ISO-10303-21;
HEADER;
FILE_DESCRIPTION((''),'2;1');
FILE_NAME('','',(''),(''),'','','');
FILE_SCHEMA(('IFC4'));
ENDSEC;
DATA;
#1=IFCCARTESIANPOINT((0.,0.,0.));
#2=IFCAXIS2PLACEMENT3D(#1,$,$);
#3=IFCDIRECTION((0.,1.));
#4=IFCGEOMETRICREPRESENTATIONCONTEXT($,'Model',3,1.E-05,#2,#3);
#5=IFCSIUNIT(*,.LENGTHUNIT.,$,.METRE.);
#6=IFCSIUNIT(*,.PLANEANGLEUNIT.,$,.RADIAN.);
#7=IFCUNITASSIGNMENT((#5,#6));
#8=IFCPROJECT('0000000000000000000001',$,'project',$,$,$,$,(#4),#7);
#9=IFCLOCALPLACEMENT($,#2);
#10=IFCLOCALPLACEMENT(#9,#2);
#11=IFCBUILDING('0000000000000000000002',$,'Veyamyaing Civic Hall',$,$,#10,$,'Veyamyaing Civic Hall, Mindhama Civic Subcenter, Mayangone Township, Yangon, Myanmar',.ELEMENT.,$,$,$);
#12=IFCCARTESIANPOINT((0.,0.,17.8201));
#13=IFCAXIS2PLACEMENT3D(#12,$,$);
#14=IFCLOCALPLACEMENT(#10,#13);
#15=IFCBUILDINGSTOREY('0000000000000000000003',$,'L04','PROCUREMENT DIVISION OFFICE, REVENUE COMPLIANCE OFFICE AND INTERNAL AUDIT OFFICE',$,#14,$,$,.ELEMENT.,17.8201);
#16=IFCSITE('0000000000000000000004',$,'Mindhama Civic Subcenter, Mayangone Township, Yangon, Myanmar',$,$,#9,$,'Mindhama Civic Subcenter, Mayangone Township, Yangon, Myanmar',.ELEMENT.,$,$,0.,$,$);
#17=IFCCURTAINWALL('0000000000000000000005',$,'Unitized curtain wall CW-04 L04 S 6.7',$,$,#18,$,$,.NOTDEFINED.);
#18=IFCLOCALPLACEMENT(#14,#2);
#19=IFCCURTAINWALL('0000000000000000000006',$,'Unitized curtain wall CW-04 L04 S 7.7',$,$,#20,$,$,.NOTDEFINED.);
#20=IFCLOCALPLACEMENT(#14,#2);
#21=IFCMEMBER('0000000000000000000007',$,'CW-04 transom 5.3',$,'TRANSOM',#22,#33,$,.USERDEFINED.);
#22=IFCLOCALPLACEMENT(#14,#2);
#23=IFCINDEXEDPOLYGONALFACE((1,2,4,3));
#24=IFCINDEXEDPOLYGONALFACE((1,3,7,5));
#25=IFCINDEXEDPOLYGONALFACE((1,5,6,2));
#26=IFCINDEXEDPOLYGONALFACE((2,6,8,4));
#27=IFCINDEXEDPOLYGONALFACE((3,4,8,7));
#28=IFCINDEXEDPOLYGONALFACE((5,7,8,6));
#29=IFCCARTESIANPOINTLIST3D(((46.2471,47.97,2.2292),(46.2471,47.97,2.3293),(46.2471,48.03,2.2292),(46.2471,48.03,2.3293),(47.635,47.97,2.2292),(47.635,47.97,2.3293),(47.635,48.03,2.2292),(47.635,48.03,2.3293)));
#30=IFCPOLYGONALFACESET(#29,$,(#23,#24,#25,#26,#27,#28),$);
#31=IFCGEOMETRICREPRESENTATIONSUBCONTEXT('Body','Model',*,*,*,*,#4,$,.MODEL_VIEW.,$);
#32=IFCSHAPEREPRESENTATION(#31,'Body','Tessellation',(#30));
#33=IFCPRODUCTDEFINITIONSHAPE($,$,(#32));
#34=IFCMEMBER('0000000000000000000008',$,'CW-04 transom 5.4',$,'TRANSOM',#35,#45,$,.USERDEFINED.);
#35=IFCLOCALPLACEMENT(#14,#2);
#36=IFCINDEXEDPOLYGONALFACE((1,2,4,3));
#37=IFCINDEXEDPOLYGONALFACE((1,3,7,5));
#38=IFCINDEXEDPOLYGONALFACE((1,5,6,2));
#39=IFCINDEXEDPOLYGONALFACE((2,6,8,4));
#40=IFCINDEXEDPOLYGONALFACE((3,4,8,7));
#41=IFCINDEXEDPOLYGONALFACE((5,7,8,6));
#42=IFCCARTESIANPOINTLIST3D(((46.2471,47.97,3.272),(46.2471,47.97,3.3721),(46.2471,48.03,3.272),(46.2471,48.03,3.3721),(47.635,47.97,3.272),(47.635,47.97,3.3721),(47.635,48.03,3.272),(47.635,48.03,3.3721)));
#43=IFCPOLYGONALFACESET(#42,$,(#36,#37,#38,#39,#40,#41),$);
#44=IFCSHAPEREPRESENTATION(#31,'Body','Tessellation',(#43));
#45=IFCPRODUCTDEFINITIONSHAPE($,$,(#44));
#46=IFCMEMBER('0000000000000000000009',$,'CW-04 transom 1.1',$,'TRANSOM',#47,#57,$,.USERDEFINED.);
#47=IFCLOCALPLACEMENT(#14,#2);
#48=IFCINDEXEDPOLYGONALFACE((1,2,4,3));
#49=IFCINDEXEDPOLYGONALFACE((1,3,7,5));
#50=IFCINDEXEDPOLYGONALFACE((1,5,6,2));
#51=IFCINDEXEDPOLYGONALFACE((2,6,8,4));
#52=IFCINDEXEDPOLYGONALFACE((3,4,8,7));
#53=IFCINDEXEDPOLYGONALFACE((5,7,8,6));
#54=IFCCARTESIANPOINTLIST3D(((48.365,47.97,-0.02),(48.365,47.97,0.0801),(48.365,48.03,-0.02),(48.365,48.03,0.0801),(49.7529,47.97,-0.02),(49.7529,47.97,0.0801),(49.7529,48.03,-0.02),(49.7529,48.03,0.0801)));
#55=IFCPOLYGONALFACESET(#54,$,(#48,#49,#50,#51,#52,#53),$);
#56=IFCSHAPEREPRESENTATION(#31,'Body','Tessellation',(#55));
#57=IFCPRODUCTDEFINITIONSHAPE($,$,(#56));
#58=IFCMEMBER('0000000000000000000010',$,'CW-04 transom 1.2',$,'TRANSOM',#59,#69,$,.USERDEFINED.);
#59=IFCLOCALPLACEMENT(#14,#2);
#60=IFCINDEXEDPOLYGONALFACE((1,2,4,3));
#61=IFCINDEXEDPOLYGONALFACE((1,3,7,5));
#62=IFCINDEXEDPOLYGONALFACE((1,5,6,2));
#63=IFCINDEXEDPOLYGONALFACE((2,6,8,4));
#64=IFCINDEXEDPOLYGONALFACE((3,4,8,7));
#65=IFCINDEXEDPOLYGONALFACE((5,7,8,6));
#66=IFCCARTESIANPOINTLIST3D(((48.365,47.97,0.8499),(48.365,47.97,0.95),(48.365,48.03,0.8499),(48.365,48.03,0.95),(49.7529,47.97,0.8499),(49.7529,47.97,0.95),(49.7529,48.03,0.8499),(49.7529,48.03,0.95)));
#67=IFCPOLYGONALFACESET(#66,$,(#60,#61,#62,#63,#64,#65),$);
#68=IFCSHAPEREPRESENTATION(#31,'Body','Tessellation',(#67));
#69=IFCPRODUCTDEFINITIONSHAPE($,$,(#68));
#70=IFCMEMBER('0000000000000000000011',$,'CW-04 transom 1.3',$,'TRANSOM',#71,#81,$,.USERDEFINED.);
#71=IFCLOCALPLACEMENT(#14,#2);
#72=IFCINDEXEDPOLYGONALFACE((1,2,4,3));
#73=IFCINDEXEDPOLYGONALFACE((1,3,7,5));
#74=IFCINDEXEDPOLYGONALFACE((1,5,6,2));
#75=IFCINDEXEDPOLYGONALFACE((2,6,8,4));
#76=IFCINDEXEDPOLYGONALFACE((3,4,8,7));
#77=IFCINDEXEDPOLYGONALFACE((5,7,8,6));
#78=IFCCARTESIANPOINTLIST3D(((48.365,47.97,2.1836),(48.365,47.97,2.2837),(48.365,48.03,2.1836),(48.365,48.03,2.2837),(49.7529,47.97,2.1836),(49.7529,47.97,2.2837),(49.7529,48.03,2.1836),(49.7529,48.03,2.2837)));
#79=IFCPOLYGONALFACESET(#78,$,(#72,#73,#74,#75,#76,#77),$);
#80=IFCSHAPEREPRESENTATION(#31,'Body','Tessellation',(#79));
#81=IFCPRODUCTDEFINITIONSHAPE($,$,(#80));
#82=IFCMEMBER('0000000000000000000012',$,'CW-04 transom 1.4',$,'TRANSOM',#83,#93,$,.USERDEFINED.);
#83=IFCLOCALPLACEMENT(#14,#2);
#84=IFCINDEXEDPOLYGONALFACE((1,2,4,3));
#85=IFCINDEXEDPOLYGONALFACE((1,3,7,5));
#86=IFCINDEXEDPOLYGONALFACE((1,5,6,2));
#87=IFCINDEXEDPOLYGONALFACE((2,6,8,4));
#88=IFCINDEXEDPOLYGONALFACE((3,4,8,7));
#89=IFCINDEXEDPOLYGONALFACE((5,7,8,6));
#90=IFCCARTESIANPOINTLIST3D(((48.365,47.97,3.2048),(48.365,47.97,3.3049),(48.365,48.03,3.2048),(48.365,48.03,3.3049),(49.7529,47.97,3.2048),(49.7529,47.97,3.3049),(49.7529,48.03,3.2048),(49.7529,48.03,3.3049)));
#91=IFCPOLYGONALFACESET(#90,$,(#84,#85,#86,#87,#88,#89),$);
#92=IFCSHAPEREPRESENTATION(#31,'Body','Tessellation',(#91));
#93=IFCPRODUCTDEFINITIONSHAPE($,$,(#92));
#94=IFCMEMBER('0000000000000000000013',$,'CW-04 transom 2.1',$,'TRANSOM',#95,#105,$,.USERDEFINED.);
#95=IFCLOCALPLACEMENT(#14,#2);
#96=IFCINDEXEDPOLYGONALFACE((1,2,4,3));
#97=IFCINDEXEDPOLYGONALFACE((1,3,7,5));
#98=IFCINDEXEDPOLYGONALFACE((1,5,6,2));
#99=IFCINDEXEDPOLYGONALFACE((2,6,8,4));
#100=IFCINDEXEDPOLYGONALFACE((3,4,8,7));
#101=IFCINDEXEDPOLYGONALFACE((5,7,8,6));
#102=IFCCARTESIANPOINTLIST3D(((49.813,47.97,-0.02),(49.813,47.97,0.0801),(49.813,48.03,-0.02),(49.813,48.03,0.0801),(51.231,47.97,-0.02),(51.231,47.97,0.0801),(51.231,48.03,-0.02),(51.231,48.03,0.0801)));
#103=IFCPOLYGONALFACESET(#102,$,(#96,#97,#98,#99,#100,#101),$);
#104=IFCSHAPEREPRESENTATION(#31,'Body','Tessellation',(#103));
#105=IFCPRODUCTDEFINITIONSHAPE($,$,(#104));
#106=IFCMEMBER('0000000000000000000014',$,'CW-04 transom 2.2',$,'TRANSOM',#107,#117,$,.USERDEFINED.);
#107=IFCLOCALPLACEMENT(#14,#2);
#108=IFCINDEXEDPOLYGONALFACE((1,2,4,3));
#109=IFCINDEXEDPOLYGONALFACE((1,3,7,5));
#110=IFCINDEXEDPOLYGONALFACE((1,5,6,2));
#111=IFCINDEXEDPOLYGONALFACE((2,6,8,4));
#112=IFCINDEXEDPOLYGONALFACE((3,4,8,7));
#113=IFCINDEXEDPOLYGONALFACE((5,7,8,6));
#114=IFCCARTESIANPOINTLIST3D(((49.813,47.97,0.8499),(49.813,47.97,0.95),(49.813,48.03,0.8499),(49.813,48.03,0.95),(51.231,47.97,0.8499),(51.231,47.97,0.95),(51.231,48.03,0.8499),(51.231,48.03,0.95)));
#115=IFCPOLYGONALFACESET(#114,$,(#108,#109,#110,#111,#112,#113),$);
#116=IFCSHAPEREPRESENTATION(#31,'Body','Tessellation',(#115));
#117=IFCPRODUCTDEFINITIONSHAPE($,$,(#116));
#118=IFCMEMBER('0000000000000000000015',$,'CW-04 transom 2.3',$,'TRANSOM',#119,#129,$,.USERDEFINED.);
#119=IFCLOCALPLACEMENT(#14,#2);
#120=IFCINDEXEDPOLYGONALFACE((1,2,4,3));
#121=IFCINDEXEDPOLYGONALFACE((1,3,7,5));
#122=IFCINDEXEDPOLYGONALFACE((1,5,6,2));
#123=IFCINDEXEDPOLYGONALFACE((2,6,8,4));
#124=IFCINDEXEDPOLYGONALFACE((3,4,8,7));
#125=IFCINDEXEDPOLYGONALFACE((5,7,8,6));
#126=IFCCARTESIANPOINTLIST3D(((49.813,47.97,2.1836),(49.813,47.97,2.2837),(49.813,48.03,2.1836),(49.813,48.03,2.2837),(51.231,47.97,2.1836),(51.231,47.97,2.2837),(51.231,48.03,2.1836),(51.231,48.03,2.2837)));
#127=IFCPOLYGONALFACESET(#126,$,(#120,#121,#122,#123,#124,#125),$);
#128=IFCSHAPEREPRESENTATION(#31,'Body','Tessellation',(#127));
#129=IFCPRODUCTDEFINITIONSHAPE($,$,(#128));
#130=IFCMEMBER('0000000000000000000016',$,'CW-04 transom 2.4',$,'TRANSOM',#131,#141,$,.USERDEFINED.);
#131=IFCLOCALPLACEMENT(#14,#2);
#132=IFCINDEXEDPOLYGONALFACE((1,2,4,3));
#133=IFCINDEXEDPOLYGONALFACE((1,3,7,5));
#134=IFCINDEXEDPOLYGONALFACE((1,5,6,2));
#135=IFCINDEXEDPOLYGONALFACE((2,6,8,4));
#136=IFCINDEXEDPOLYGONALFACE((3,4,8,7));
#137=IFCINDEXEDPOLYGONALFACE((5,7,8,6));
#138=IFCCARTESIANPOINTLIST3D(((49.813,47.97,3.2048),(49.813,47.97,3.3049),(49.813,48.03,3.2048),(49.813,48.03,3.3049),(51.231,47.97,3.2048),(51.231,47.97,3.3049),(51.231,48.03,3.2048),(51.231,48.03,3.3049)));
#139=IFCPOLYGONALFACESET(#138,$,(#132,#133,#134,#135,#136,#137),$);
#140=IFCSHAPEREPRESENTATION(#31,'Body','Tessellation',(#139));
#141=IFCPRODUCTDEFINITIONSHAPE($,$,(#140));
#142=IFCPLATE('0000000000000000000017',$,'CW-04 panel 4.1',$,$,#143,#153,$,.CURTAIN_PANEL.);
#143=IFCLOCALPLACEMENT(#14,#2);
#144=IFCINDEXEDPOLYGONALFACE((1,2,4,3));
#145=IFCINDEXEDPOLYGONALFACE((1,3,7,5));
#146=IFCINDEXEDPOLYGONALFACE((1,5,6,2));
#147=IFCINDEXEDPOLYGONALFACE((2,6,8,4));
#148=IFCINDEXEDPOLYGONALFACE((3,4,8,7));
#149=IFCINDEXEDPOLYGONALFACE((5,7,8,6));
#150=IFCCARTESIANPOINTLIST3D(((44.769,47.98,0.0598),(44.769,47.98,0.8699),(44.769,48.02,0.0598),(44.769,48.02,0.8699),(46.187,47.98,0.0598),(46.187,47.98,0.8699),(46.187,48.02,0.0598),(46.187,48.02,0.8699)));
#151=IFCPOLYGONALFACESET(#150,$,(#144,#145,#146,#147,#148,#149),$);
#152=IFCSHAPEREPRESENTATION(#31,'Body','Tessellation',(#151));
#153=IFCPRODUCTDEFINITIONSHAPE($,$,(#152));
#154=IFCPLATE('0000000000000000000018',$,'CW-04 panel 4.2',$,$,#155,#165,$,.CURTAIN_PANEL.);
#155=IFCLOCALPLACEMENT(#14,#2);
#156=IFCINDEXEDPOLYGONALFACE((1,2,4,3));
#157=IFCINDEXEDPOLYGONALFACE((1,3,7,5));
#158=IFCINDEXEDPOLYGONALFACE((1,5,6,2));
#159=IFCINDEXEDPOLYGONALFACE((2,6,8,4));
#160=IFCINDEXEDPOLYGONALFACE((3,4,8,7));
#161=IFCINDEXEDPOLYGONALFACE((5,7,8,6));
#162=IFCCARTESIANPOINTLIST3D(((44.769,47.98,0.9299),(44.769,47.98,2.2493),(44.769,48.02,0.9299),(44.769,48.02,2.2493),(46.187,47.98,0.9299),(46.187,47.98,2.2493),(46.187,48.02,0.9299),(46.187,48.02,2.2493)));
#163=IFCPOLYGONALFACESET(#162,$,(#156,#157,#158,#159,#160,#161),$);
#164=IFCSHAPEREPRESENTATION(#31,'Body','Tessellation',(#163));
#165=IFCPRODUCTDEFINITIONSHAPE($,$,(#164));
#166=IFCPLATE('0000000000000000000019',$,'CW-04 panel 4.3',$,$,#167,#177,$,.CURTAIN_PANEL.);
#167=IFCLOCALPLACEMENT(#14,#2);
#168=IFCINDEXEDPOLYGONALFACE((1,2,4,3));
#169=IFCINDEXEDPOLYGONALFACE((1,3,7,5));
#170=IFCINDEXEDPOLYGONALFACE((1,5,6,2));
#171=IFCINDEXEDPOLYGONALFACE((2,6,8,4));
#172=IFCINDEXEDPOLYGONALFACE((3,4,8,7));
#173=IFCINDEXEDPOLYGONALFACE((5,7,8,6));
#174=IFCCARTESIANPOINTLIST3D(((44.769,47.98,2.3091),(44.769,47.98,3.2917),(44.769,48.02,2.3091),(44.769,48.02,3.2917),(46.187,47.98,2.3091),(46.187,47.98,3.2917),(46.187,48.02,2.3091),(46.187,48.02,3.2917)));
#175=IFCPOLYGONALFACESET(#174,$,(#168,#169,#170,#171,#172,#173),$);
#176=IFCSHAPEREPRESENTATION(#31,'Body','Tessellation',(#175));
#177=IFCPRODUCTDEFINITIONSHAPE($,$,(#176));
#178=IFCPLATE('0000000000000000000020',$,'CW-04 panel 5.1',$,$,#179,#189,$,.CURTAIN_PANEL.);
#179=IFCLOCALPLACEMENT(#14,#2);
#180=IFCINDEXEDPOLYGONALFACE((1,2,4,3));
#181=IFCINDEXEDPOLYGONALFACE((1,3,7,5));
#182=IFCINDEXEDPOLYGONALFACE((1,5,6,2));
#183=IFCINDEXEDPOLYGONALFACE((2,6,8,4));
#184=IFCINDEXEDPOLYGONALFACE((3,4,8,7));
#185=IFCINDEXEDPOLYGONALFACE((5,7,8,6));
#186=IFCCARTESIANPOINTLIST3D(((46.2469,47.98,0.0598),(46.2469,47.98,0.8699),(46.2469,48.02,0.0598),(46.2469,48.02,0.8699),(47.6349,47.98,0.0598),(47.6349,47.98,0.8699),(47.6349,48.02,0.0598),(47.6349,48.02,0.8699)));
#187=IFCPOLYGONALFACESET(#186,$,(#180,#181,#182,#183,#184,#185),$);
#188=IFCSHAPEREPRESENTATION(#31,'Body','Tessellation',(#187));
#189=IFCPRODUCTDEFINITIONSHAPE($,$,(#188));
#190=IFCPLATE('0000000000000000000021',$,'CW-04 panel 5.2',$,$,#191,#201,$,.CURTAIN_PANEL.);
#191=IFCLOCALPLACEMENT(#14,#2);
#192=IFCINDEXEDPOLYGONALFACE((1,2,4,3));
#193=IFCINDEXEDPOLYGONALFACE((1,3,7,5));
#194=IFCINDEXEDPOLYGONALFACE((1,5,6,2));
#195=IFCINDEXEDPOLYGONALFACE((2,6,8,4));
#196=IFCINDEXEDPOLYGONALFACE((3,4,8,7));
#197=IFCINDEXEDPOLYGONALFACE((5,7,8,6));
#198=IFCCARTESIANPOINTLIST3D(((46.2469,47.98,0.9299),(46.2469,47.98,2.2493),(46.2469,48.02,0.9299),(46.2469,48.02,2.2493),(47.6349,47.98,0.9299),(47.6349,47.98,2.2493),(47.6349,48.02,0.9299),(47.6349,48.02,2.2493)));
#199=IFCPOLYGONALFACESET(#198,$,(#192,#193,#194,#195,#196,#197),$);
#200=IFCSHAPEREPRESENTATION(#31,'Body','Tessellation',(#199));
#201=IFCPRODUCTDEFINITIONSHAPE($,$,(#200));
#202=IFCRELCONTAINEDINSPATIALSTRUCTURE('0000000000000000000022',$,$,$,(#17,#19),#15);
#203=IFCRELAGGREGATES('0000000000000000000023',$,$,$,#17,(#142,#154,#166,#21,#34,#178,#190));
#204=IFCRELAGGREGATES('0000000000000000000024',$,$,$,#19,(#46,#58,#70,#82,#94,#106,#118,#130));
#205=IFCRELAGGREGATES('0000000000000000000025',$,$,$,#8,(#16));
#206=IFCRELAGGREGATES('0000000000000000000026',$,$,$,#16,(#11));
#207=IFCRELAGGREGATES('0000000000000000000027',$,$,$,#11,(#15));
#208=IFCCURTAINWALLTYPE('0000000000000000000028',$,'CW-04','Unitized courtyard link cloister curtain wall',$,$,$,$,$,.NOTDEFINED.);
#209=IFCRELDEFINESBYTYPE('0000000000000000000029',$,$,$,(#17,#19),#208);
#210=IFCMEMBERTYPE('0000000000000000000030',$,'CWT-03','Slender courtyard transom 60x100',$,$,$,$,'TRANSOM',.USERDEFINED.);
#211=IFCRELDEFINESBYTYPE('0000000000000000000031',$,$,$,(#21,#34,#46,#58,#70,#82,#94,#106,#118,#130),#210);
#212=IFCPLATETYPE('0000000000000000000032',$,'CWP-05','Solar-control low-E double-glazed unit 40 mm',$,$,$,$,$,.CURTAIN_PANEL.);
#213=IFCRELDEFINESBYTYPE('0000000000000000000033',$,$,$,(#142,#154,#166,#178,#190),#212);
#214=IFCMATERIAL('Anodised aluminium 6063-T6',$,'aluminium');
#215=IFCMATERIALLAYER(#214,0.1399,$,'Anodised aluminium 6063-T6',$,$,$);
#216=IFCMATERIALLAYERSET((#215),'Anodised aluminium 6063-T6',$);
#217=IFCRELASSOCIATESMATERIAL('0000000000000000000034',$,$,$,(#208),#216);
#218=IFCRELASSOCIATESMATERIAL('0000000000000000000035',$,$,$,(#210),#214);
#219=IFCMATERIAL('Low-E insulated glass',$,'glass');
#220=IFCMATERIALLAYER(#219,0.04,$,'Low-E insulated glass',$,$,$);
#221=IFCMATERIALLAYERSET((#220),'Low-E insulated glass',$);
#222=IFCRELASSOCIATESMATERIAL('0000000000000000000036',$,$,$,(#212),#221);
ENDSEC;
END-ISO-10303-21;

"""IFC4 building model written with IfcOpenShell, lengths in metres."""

from ifc_helpers import new_model, si_unit, direction, frame, origin, origin_2d, place, context, subcontext, project, spatial, rectangle, extrude, material, layer, layer_set, material_profile, profile_set, type_object, element, aggregate, save


model = new_model("IFC4")

# Units and contexts
model_context = context("Model", 3, precision=1e-05, world=origin(), true_north=direction((0.0, 1.0)))
body_context = subcontext(model_context, "Body", "Model", "MODEL_VIEW")
ifc_project = project(units=[si_unit("LENGTHUNIT", "METRE"), si_unit("PLANEANGLEUNIT", "RADIAN")], contexts=[model_context])

# Site, building, storey
site_placement = place(None, origin())
site = spatial("IfcSite", under=ifc_project, at=site_placement, Name="Mindhama Civic Subcenter, Mayangone Township, Yangon, Myanmar", LongName="Mindhama Civic Subcenter, Mayangone Township, Yangon, Myanmar", CompositionType="ELEMENT", RefElevation=0.0)
building_placement = place(site_placement, origin())
building = spatial("IfcBuilding", under=site, at=building_placement, Name="Veyamyaing Civic Hall", LongName="Veyamyaing Civic Hall, Mindhama Civic Subcenter, Mayangone Township, Yangon, Myanmar", CompositionType="ELEMENT")
storey_placement = place(building_placement, frame((0.0, 0.0, 17.8201)))
storey = spatial("IfcBuildingStorey", under=building, at=storey_placement, Name="L04", Description="PROCUREMENT DIVISION OFFICE, REVENUE COMPLIANCE OFFICE AND INTERNAL AUDIT OFFICE", CompositionType="ELEMENT", Elevation=17.8201)

# Curtain walls
ifc_material_1 = material(Name="Anodised aluminium 6063-T6", Category="aluminium")
ifc_layer_1 = layer(ifc_material_1, 0.1399, Name="Anodised aluminium 6063-T6")
ifc_layer_set_1 = layer_set([ifc_layer_1], Name="Anodised aluminium 6063-T6")
curtain_wall_type = type_object("IfcCurtainWallType", Name="CW-04", Description="Unitized courtyard link cloister curtain wall", PredefinedType="NOTDEFINED", material=ifc_layer_set_1)
curtain_wall_1_placement = place(storey_placement, origin())
curtain_wall_1 = element("IfcCurtainWall", 1, at=curtain_wall_1_placement, inside=storey, type_object=curtain_wall_type, Name="Unitized curtain wall CW-04 L04 S 6.7", PredefinedType="NOTDEFINED")
curtain_wall_2_placement = place(storey_placement, origin())
curtain_wall_2 = element("IfcCurtainWall", 2, at=curtain_wall_2_placement, inside=storey, type_object=curtain_wall_type, Name="Unitized curtain wall CW-04 L04 S 7.7", PredefinedType="NOTDEFINED")

# Members
ifc_material_profile_1 = material_profile(ifc_material_1, rectangle(XDim=0.0601, YDim=0.1001, at=origin_2d()), Name="ALU-TRN-60X100")
ifc_profile_set_1 = profile_set([ifc_material_profile_1], Name="Anodised aluminium 6063-T6")
member_type_1 = type_object("IfcMemberType", Name="CWT-03", Description="Slender courtyard transom 60x100", ElementType="TRANSOM", PredefinedType="USERDEFINED", material=ifc_profile_set_1)
member_1_placement = place(storey_placement, frame((46.2471, 48.0, 2.2793), z_axis=(1.0, 0.0, 0.0), x_axis=(0.0, 1.0, 0.0)))
member_1 = element("IfcMember", 3, at=member_1_placement, type_object=member_type_1, Name="CW-04 transom 5.3", ObjectType="TRANSOM", PredefinedType="USERDEFINED", context=body_context, shape_type="SweptSolid", body=[
    extrude(rectangle(XDim=0.0601, YDim=0.1001, at=origin_2d()), origin(), (0.0, 0.0, 1.0), 1.3879),
])
member_2_placement = place(storey_placement, frame((46.2471, 48.0, 3.322), z_axis=(1.0, 0.0, 0.0), x_axis=(0.0, 1.0, 0.0)))
member_2 = element("IfcMember", 4, at=member_2_placement, type_object=member_type_1, Name="CW-04 transom 5.4", ObjectType="TRANSOM", PredefinedType="USERDEFINED", context=body_context, shape_type="SweptSolid", body=[
    extrude(rectangle(XDim=0.0601, YDim=0.1001, at=origin_2d()), origin(), (0.0, 0.0, 1.0), 1.3879),
])
member_3_placement = place(storey_placement, frame((48.365, 48.0, 0.03), z_axis=(1.0, 0.0, 0.0), x_axis=(0.0, 1.0, 0.0)))
member_3 = element("IfcMember", 5, at=member_3_placement, type_object=member_type_1, Name="CW-04 transom 1.1", ObjectType="TRANSOM", PredefinedType="USERDEFINED", context=body_context, shape_type="SweptSolid", body=[
    extrude(rectangle(XDim=0.0601, YDim=0.1001, at=origin_2d()), origin(), (0.0, 0.0, 1.0), 1.3879),
])
member_4_placement = place(storey_placement, frame((48.365, 48.0, 0.8999), z_axis=(1.0, 0.0, 0.0), x_axis=(0.0, 1.0, 0.0)))
member_4 = element("IfcMember", 6, at=member_4_placement, type_object=member_type_1, Name="CW-04 transom 1.2", ObjectType="TRANSOM", PredefinedType="USERDEFINED", context=body_context, shape_type="SweptSolid", body=[
    extrude(rectangle(XDim=0.0601, YDim=0.1001, at=origin_2d()), origin(), (0.0, 0.0, 1.0), 1.3879),
])
member_5_placement = place(storey_placement, frame((48.365, 48.0, 2.2336), z_axis=(1.0, 0.0, 0.0), x_axis=(0.0, 1.0, 0.0)))
member_5 = element("IfcMember", 7, at=member_5_placement, type_object=member_type_1, Name="CW-04 transom 1.3", ObjectType="TRANSOM", PredefinedType="USERDEFINED", context=body_context, shape_type="SweptSolid", body=[
    extrude(rectangle(XDim=0.0601, YDim=0.1001, at=origin_2d()), origin(), (0.0, 0.0, 1.0), 1.3879),
])
member_6_placement = place(storey_placement, frame((48.365, 48.0, 3.2549), z_axis=(1.0, 0.0, 0.0), x_axis=(0.0, 1.0, 0.0)))
member_6 = element("IfcMember", 8, at=member_6_placement, type_object=member_type_1, Name="CW-04 transom 1.4", ObjectType="TRANSOM", PredefinedType="USERDEFINED", context=body_context, shape_type="SweptSolid", body=[
    extrude(rectangle(XDim=0.0601, YDim=0.1001, at=origin_2d()), origin(), (0.0, 0.0, 1.0), 1.3879),
])
member_7_placement = place(storey_placement, frame((49.813, 48.0, 0.03), z_axis=(1.0, 0.0, 0.0), x_axis=(0.0, 1.0, 0.0)))
member_7 = element("IfcMember", 9, at=member_7_placement, type_object=member_type_1, Name="CW-04 transom 2.1", ObjectType="TRANSOM", PredefinedType="USERDEFINED", context=body_context, shape_type="SweptSolid", body=[
    extrude(rectangle(XDim=0.0601, YDim=0.1001, at=origin_2d()), origin(), (0.0, 0.0, 1.0), 1.418),
])
member_8_placement = place(storey_placement, frame((49.813, 48.0, 0.8999), z_axis=(1.0, 0.0, 0.0), x_axis=(0.0, 1.0, 0.0)))
member_8 = element("IfcMember", 10, at=member_8_placement, type_object=member_type_1, Name="CW-04 transom 2.2", ObjectType="TRANSOM", PredefinedType="USERDEFINED", context=body_context, shape_type="SweptSolid", body=[
    extrude(rectangle(XDim=0.0601, YDim=0.1001, at=origin_2d()), origin(), (0.0, 0.0, 1.0), 1.418),
])
member_9_placement = place(storey_placement, frame((49.813, 48.0, 2.2336), z_axis=(1.0, 0.0, 0.0), x_axis=(0.0, 1.0, 0.0)))
member_9 = element("IfcMember", 11, at=member_9_placement, type_object=member_type_1, Name="CW-04 transom 2.3", ObjectType="TRANSOM", PredefinedType="USERDEFINED", context=body_context, shape_type="SweptSolid", body=[
    extrude(rectangle(XDim=0.0601, YDim=0.1001, at=origin_2d()), origin(), (0.0, 0.0, 1.0), 1.418),
])
member_10_placement = place(storey_placement, frame((49.813, 48.0, 3.2549), z_axis=(1.0, 0.0, 0.0), x_axis=(0.0, 1.0, 0.0)))
member_10 = element("IfcMember", 12, at=member_10_placement, type_object=member_type_1, Name="CW-04 transom 2.4", ObjectType="TRANSOM", PredefinedType="USERDEFINED", context=body_context, shape_type="SweptSolid", body=[
    extrude(rectangle(XDim=0.0601, YDim=0.1001, at=origin_2d()), origin(), (0.0, 0.0, 1.0), 1.418),
])

# Plates
ifc_material_2 = material(Name="Low-E insulated glass", Category="glass")
ifc_layer_2 = layer(ifc_material_2, 0.04, Name="Low-E insulated glass")
ifc_layer_set_2 = layer_set([ifc_layer_2], Name="Low-E insulated glass")
plate_type_1 = type_object("IfcPlateType", Name="CWP-05", Description="Solar-control low-E double-glazed unit 40 mm", PredefinedType="CURTAIN_PANEL", material=ifc_layer_set_2)
plate_1_placement = place(storey_placement, frame((45.478, 48.0, 0.0598), z_axis=(0.0, 0.0, 1.0), x_axis=(1.0, 0.0, 0.0)))
plate_1 = element("IfcPlate", 13, at=plate_1_placement, type_object=plate_type_1, Name="CW-04 panel 4.1", PredefinedType="CURTAIN_PANEL", context=body_context, shape_type="SweptSolid", body=[
    extrude(rectangle(XDim=1.418, YDim=0.04, at=origin_2d()), origin(), (0.0, 0.0, 1.0), 0.8101),
])
plate_2_placement = place(storey_placement, frame((45.478, 48.0, 0.9299), z_axis=(0.0, 0.0, 1.0), x_axis=(1.0, 0.0, 0.0)))
plate_2 = element("IfcPlate", 14, at=plate_2_placement, type_object=plate_type_1, Name="CW-04 panel 4.2", PredefinedType="CURTAIN_PANEL", context=body_context, shape_type="SweptSolid", body=[
    extrude(rectangle(XDim=1.418, YDim=0.04, at=origin_2d()), origin(), (0.0, 0.0, 1.0), 1.3193),
])
plate_3_placement = place(storey_placement, frame((45.478, 48.0, 2.3091), z_axis=(0.0, 0.0, 1.0), x_axis=(1.0, 0.0, 0.0)))
plate_3 = element("IfcPlate", 15, at=plate_3_placement, type_object=plate_type_1, Name="CW-04 panel 4.3", PredefinedType="CURTAIN_PANEL", context=body_context, shape_type="SweptSolid", body=[
    extrude(rectangle(XDim=1.418, YDim=0.04, at=origin_2d()), origin(), (0.0, 0.0, 1.0), 0.9827),
])
plate_4_placement = place(storey_placement, frame((46.9409, 48.0, 0.0598), z_axis=(0.0, 0.0, 1.0), x_axis=(1.0, 0.0, 0.0)))
plate_4 = element("IfcPlate", 16, at=plate_4_placement, type_object=plate_type_1, Name="CW-04 panel 5.1", PredefinedType="CURTAIN_PANEL", context=body_context, shape_type="SweptSolid", body=[
    extrude(rectangle(XDim=1.3879, YDim=0.04, at=origin_2d()), origin(), (0.0, 0.0, 1.0), 0.8101),
])
plate_5_placement = place(storey_placement, frame((46.9409, 48.0, 0.9299), z_axis=(0.0, 0.0, 1.0), x_axis=(1.0, 0.0, 0.0)))
plate_5 = element("IfcPlate", 17, at=plate_5_placement, type_object=plate_type_1, Name="CW-04 panel 5.2", PredefinedType="CURTAIN_PANEL", context=body_context, shape_type="SweptSolid", body=[
    extrude(rectangle(XDim=1.3879, YDim=0.04, at=origin_2d()), origin(), (0.0, 0.0, 1.0), 1.3193),
])
aggregate(curtain_wall_1, [plate_1, plate_2, plate_3, member_1, member_2, plate_4, plate_5])
aggregate(curtain_wall_2, [member_3, member_4, member_5, member_6, member_7, member_8, member_9, member_10])

save(model, "model.ifc")
